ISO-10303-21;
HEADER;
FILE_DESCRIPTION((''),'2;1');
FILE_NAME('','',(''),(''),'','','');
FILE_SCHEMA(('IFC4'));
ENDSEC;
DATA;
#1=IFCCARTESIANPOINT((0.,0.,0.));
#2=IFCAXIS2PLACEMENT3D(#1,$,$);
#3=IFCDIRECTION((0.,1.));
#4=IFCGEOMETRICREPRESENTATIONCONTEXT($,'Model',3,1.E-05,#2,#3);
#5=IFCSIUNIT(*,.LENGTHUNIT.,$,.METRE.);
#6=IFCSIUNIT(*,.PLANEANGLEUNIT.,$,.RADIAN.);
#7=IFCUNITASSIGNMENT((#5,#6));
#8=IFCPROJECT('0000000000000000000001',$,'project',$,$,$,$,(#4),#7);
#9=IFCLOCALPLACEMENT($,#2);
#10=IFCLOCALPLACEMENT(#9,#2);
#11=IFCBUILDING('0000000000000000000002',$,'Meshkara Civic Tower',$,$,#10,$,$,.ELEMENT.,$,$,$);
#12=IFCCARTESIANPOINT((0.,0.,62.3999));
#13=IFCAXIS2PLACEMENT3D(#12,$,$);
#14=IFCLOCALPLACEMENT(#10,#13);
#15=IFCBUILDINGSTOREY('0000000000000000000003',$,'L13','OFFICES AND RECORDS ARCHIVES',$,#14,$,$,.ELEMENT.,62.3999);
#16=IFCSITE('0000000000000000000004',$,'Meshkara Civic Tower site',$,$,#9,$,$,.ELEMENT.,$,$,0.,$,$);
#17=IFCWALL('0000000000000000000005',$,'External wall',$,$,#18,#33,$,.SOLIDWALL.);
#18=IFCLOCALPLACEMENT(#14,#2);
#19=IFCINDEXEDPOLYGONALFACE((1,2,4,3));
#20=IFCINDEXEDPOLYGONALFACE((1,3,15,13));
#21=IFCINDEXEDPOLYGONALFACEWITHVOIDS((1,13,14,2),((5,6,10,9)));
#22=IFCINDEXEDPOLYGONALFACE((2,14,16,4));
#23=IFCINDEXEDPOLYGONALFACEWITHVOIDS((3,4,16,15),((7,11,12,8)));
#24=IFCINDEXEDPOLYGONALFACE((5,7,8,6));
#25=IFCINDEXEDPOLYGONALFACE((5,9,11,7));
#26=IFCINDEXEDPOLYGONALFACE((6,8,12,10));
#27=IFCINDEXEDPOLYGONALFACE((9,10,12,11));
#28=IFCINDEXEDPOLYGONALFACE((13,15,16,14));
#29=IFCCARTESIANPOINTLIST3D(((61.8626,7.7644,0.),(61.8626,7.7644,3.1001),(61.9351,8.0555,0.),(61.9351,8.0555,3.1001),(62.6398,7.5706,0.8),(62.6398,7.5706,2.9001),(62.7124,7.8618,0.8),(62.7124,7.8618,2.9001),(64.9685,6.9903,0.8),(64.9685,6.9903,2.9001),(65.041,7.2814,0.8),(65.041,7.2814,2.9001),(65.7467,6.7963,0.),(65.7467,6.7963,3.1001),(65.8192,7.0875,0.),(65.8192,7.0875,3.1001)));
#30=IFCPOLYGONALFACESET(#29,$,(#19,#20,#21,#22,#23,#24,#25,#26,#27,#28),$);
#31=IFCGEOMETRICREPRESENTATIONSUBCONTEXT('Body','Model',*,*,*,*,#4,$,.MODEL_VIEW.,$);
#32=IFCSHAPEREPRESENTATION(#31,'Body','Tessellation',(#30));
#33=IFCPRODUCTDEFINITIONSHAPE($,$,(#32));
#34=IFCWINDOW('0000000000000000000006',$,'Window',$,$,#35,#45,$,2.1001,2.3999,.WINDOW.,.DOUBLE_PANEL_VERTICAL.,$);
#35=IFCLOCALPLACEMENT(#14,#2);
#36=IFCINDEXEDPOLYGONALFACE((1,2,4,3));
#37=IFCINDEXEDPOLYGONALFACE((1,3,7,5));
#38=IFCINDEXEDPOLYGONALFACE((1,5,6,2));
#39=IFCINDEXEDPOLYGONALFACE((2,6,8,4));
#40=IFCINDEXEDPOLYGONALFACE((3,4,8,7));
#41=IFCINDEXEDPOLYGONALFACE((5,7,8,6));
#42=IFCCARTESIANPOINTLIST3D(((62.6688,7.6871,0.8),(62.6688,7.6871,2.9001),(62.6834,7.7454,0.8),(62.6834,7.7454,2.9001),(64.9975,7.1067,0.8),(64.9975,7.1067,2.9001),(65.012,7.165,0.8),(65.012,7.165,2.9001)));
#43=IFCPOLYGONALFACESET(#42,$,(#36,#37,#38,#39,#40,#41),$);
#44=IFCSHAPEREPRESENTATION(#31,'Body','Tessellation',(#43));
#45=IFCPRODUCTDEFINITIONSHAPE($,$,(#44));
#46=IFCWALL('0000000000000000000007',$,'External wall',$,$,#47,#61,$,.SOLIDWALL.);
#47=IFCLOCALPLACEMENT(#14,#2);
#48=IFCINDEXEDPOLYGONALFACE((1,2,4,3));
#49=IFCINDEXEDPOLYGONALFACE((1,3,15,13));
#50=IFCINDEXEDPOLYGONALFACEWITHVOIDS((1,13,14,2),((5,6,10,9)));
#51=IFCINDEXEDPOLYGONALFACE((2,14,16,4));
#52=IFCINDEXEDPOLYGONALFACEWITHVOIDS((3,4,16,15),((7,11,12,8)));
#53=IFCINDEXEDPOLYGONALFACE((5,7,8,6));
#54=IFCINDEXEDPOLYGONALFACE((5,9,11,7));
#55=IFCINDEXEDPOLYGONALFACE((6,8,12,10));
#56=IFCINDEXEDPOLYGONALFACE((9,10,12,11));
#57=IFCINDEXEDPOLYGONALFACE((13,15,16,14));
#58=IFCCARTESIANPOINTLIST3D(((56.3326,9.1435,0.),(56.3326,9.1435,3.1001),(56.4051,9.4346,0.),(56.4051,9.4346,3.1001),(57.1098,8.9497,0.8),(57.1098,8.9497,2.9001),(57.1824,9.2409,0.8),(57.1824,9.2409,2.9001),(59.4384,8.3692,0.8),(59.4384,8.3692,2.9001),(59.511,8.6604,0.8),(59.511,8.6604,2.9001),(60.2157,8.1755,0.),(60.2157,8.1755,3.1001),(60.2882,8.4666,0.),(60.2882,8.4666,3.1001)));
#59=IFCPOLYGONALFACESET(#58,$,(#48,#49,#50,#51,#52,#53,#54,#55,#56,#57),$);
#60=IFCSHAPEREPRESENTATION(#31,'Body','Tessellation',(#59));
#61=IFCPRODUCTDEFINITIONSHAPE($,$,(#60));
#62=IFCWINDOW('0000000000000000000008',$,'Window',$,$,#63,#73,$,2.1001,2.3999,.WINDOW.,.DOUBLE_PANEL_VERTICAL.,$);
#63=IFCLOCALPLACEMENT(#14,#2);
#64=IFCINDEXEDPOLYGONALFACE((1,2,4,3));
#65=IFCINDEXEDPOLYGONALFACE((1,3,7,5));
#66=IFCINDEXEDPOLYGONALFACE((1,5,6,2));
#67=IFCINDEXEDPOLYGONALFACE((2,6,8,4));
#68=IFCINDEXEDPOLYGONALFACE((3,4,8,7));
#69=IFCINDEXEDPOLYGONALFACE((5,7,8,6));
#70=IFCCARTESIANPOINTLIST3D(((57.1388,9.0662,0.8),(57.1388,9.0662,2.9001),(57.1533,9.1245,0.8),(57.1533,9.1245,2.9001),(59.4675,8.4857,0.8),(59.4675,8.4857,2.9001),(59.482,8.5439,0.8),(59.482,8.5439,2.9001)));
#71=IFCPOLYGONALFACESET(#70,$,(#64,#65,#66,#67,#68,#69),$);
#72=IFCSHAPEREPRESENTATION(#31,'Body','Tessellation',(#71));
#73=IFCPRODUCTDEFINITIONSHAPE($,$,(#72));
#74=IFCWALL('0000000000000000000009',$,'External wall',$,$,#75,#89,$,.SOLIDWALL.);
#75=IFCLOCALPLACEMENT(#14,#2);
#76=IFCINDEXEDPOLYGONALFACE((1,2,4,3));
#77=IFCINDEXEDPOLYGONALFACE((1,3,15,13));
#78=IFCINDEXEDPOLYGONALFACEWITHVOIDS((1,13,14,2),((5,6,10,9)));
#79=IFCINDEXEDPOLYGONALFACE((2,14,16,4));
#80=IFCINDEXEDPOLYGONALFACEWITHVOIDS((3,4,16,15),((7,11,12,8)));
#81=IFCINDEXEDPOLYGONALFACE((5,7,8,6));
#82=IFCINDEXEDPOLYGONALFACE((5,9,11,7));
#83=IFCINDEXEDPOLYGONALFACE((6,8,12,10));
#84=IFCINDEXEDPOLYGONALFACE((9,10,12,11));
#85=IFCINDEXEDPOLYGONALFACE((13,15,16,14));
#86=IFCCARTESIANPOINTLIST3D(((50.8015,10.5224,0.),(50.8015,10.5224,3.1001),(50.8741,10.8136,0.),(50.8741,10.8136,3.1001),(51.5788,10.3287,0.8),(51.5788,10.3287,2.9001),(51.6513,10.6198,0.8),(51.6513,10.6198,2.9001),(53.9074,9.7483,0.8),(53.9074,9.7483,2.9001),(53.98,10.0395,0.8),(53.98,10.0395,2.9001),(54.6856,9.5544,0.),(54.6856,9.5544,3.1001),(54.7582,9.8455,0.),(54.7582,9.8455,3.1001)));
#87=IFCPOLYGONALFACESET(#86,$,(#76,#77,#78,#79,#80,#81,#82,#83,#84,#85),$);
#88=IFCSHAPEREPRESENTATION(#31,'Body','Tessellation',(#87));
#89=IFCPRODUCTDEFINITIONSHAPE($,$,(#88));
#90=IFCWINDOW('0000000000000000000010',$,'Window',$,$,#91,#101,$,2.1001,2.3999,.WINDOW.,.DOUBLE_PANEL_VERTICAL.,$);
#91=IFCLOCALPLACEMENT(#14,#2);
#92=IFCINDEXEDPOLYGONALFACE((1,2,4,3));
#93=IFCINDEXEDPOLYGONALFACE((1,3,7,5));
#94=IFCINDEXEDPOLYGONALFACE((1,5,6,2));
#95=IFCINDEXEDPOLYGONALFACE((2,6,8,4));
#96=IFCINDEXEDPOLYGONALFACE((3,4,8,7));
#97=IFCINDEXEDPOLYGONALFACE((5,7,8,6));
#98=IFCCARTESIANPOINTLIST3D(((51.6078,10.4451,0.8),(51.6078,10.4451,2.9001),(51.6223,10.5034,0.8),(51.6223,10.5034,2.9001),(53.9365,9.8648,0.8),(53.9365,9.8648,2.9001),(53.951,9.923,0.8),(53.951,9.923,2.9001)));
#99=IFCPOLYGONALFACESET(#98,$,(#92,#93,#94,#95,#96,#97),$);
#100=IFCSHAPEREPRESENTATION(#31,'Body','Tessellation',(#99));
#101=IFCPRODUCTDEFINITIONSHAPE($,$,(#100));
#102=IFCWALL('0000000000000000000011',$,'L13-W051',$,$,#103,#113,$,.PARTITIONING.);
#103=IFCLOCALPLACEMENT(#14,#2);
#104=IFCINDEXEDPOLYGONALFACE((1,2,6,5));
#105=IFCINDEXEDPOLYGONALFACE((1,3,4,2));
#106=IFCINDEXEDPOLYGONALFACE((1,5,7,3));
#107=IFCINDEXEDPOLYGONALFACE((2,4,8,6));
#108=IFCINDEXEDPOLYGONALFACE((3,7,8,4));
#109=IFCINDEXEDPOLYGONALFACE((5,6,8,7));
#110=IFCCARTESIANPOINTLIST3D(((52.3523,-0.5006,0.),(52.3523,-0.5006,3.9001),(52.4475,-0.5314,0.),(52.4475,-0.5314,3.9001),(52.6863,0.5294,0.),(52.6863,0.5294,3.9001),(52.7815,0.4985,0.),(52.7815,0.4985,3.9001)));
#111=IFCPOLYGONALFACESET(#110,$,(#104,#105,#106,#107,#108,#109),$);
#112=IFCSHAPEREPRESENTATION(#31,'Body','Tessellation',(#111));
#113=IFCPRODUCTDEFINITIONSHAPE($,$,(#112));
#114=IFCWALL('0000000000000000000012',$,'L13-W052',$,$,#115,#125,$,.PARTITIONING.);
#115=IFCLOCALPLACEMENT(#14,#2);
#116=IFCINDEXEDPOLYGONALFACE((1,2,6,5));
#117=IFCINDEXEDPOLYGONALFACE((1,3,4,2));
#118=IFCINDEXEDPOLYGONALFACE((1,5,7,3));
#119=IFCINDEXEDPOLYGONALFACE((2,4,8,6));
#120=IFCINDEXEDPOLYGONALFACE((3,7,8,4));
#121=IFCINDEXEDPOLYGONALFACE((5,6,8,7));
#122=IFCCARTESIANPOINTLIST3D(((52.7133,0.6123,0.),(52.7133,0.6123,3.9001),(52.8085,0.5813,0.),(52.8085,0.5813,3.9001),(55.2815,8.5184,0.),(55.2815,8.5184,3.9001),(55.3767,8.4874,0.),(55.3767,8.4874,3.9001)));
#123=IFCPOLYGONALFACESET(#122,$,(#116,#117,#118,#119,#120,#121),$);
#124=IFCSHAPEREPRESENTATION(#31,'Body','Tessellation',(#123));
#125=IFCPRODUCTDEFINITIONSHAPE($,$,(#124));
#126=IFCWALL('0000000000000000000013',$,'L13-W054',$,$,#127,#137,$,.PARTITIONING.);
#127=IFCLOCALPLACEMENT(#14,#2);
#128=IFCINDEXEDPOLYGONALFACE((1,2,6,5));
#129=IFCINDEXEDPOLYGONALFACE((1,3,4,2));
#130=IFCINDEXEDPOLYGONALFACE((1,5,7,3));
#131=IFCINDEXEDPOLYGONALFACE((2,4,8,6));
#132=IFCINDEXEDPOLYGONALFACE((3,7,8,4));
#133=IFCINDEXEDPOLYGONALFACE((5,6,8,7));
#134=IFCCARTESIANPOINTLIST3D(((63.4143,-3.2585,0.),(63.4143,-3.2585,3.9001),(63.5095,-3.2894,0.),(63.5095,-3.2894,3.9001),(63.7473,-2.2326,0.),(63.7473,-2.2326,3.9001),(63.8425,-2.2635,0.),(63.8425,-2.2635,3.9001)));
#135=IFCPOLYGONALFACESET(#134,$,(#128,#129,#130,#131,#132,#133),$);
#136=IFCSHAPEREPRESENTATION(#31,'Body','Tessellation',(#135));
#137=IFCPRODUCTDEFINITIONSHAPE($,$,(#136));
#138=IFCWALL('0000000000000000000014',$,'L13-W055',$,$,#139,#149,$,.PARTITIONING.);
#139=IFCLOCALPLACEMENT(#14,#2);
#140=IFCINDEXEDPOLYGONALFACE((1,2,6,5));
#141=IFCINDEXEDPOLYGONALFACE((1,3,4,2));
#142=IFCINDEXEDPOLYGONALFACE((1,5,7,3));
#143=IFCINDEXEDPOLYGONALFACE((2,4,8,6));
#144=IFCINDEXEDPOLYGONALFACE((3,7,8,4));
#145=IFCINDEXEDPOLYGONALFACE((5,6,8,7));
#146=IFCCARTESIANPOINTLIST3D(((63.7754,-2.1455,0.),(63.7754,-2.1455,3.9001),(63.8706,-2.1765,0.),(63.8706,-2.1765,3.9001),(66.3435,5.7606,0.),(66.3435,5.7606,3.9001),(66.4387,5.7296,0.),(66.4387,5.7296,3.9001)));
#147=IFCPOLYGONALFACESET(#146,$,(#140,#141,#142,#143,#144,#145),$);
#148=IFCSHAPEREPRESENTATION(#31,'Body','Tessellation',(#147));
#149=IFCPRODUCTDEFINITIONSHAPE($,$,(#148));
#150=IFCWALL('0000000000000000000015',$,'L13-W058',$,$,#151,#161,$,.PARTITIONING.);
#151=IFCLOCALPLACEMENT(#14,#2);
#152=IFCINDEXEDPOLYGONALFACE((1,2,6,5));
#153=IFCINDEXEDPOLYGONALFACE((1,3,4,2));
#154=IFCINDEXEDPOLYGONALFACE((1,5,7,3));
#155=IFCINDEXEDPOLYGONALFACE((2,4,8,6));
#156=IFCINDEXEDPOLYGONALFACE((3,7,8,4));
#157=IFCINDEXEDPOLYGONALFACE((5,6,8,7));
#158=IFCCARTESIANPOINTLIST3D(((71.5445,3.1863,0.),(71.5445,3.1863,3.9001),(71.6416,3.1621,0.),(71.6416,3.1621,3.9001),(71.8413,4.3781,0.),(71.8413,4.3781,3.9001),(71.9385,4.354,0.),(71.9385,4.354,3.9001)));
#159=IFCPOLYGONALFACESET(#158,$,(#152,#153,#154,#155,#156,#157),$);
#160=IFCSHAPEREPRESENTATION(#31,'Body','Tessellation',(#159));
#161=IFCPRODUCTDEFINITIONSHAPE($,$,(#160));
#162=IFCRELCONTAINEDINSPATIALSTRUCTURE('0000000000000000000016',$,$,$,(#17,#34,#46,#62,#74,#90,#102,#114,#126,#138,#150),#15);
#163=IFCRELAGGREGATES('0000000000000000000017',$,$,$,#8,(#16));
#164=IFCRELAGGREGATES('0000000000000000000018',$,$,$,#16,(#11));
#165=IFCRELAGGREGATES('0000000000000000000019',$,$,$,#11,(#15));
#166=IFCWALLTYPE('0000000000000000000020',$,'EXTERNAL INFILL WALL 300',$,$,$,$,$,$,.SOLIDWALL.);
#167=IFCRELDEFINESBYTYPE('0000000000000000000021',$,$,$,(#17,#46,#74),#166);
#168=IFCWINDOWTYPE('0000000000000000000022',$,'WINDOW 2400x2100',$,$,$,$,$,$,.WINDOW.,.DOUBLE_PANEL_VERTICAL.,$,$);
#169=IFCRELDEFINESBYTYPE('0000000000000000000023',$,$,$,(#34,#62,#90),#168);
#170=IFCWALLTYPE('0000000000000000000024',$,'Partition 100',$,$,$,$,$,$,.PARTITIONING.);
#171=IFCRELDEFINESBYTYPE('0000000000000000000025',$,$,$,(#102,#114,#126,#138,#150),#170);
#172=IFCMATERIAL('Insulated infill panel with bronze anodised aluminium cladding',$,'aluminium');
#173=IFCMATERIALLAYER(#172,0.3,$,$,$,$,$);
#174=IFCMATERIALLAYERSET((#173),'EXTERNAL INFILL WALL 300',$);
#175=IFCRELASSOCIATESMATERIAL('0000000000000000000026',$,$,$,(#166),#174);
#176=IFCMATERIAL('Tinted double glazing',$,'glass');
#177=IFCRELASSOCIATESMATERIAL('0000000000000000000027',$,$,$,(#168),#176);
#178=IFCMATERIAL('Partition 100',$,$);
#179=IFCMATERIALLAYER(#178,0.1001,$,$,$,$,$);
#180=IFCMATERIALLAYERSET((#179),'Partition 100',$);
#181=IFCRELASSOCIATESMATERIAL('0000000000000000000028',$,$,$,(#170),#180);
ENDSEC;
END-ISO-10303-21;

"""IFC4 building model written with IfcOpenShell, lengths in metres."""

from ifc_helpers import new_model, si_unit, direction, frame, frame_2d, origin, place, context, subcontext, project, spatial, rectangle, extrude, material, layer, layer_set, type_object, element, fill, save


model = new_model("IFC4")

# Units and contexts
model_context = context("Model", 3, precision=1e-05, world=origin(), true_north=direction((0.0, 1.0)))
body_context = subcontext(model_context, "Body", "Model", "MODEL_VIEW")
ifc_project = project(units=[si_unit("LENGTHUNIT", "METRE"), si_unit("PLANEANGLEUNIT", "RADIAN")], contexts=[model_context])

# Site, building, storey
site_placement = place(None, origin())
site = spatial("IfcSite", under=ifc_project, at=site_placement, Name="Meshkara Civic Tower site", CompositionType="ELEMENT", RefElevation=0.0)
building_placement = place(site_placement, origin())
building = spatial("IfcBuilding", under=site, at=building_placement, Name="Meshkara Civic Tower", CompositionType="ELEMENT")
storey_placement = place(building_placement, frame((0.0, 0.0, 62.3999)))
storey = spatial("IfcBuildingStorey", under=building, at=storey_placement, Name="L13", Description="OFFICES AND RECORDS ARCHIVES", CompositionType="ELEMENT", Elevation=62.3999)

# Walls, openings, windows
ifc_material_1 = material(Name="Insulated infill panel with bronze anodised aluminium cladding", Category="aluminium")
ifc_layer_1 = layer(ifc_material_1, 0.3)
ifc_layer_set_1 = layer_set([ifc_layer_1], Name="EXTERNAL INFILL WALL 300")
wall_type_1 = type_object("IfcWallType", Name="EXTERNAL INFILL WALL 300", PredefinedType="SOLIDWALL", material=ifc_layer_set_1)
ifc_material_2 = material(Name="Tinted double glazing", Category="glass")
window_type = type_object("IfcWindowType", Name="WINDOW 2400x2100", PartitioningType="DOUBLE_PANEL_VERTICAL", PredefinedType="WINDOW", material=ifc_material_2)
wall_1_placement = place(storey_placement, frame((65.783, 6.9419, 0.0), z_axis=(0.0, 0.0, 1.0), x_axis=(-0.970318, 0.241832, 0.0)))
wall_1 = element("IfcWall", 1, at=wall_1_placement, inside=storey, type_object=wall_type_1, Name="External wall", PredefinedType="SOLIDWALL", context=body_context, shape_type="SweptSolid", body=[
    extrude(rectangle(XDim=4.0029, YDim=0.3, at=frame_2d((2.0015, 0.0))), origin(), (0.0, 0.0, 1.0), 3.1001),
])
opening_1_placement = place(wall_1_placement, frame((0.802, 0.0, 0.8)))
opening_1 = element("IfcOpeningElement", 2, at=opening_1_placement, cuts=wall_1, PredefinedType="OPENING", context=body_context, shape_type="SweptSolid", body=[
    extrude(rectangle(XDim=2.3999, YDim=2.1001, at=frame_2d((1.2, 1.05))), frame((0.0, 0.1599, 0.0), z_axis=(0.0, -1.0, 0.0), x_axis=(1.0, 0.0, 0.0)), (0.0, 0.0, 1.0), 0.3201),
])
window_1_placement = place(opening_1_placement, origin())
window_1 = element("IfcWindow", 3, at=window_1_placement, inside=storey, type_object=window_type, Name="Window", OverallHeight=2.1001, OverallWidth=2.3999, PartitioningType="DOUBLE_PANEL_VERTICAL", PredefinedType="WINDOW", context=body_context, shape_type="SweptSolid", body=[
    extrude(rectangle(XDim=2.3999, YDim=2.1001, at=frame_2d((1.2, 1.05))), frame((0.0, 0.03, 0.0), z_axis=(0.0, -1.0, 0.0), x_axis=(1.0, 0.0, 0.0)), (0.0, 0.0, 1.0), 0.0601),
])
fill(opening_1, window_1)
wall_2_placement = place(storey_placement, frame((60.252, 8.321, 0.0), z_axis=(0.0, 0.0, 1.0), x_axis=(-0.970304, 0.24189, 0.0)))
wall_2 = element("IfcWall", 4, at=wall_2_placement, inside=storey, type_object=wall_type_1, Name="External wall", PredefinedType="SOLIDWALL", context=body_context, shape_type="SweptSolid", body=[
    extrude(rectangle(XDim=4.002, YDim=0.3, at=frame_2d((2.001, 0.0))), origin(), (0.0, 0.0, 1.0), 3.1001),
])
opening_2_placement = place(wall_2_placement, frame((0.801, 0.0, 0.8)))
opening_2 = element("IfcOpeningElement", 5, at=opening_2_placement, cuts=wall_2, PredefinedType="OPENING", context=body_context, shape_type="SweptSolid", body=[
    extrude(rectangle(XDim=2.3999, YDim=2.1001, at=frame_2d((1.2, 1.05))), frame((0.0, 0.1599, 0.0), z_axis=(0.0, -1.0, 0.0), x_axis=(1.0, 0.0, 0.0)), (0.0, 0.0, 1.0), 0.3201),
])
window_2_placement = place(opening_2_placement, origin())
window_2 = element("IfcWindow", 6, at=window_2_placement, inside=storey, type_object=window_type, Name="Window", OverallHeight=2.1001, OverallWidth=2.3999, PartitioningType="DOUBLE_PANEL_VERTICAL", PredefinedType="WINDOW", context=body_context, shape_type="SweptSolid", body=[
    extrude(rectangle(XDim=2.3999, YDim=2.1001, at=frame_2d((1.2, 1.05))), frame((0.0, 0.03, 0.0), z_axis=(0.0, -1.0, 0.0), x_axis=(1.0, 0.0, 0.0)), (0.0, 0.0, 1.0), 0.0601),
])
fill(opening_2, window_2)
wall_3_placement = place(storey_placement, frame((54.7219, 9.7, 0.0), z_axis=(0.0, 0.0, 1.0), x_axis=(-0.970318, 0.241832, 0.0)))
wall_3 = element("IfcWall", 7, at=wall_3_placement, inside=storey, type_object=wall_type_1, Name="External wall", PredefinedType="SOLIDWALL", context=body_context, shape_type="SweptSolid", body=[
    extrude(rectangle(XDim=4.0029, YDim=0.3, at=frame_2d((2.0015, 0.0))), origin(), (0.0, 0.0, 1.0), 3.1001),
])
opening_3_placement = place(wall_3_placement, frame((0.802, 0.0, 0.8)))
opening_3 = element("IfcOpeningElement", 8, at=opening_3_placement, cuts=wall_3, PredefinedType="OPENING", context=body_context, shape_type="SweptSolid", body=[
    extrude(rectangle(XDim=2.3999, YDim=2.1001, at=frame_2d((1.2, 1.05))), frame((0.0, 0.1599, 0.0), z_axis=(0.0, -1.0, 0.0), x_axis=(1.0, 0.0, 0.0)), (0.0, 0.0, 1.0), 0.3201),
])
window_3_placement = place(opening_3_placement, origin())
window_3 = element("IfcWindow", 9, at=window_3_placement, inside=storey, type_object=window_type, Name="Window", OverallHeight=2.1001, OverallWidth=2.3999, PartitioningType="DOUBLE_PANEL_VERTICAL", PredefinedType="WINDOW", context=body_context, shape_type="SweptSolid", body=[
    extrude(rectangle(XDim=2.3999, YDim=2.1001, at=frame_2d((1.2, 1.05))), frame((0.0, 0.03, 0.0), z_axis=(0.0, -1.0, 0.0), x_axis=(1.0, 0.0, 0.0)), (0.0, 0.0, 1.0), 0.0601),
])
fill(opening_3, window_3)

# Walls
ifc_material_3 = material(Name="Partition 100")
ifc_layer_2 = layer(ifc_material_3, 0.1001)
ifc_layer_set_2 = layer_set([ifc_layer_2], Name="Partition 100")
wall_type_2 = type_object("IfcWallType", Name="Partition 100", PredefinedType="PARTITIONING", material=ifc_layer_set_2)
wall_4_placement = place(storey_placement, frame((52.3999, -0.5161, 0.0), z_axis=(0.0, 0.0, 1.0), x_axis=(0.308439, 0.951244, 0.0)))
element("IfcWall", 10, at=wall_4_placement, inside=storey, type_object=wall_type_2, Name="L13-W051", PredefinedType="PARTITIONING", context=body_context, shape_type="SweptSolid", body=[
    extrude(rectangle(XDim=1.0828, YDim=0.1001, at=frame_2d((0.5415, 0.0))), origin(), (0.0, 0.0, 1.0), 3.9001),
])
wall_5_placement = place(storey_placement, frame((52.761, 0.5969, 0.0), z_axis=(0.0, 0.0, 1.0), x_axis=(0.308941, 0.951081, 0.0)))
element("IfcWall", 11, at=wall_5_placement, inside=storey, type_object=wall_type_2, Name="L13-W052", PredefinedType="PARTITIONING", context=body_context, shape_type="SweptSolid", body=[
    extrude(rectangle(XDim=8.3127, YDim=0.1001, at=frame_2d((4.1562, 0.0))), origin(), (0.0, 0.0, 1.0), 3.9001),
])
wall_6_placement = place(storey_placement, frame((63.4619, -3.2739, 0.0), z_axis=(0.0, 0.0, 1.0), x_axis=(0.308748, 0.951144, 0.0)))
element("IfcWall", 12, at=wall_6_placement, inside=storey, type_object=wall_type_2, Name="L13-W054", PredefinedType="PARTITIONING", context=body_context, shape_type="SweptSolid", body=[
    extrude(rectangle(XDim=1.0786, YDim=0.1001, at=frame_2d((0.5393, 0.0))), origin(), (0.0, 0.0, 1.0), 3.9001),
])
wall_7_placement = place(storey_placement, frame((63.823, -2.1609, 0.0), z_axis=(0.0, 0.0, 1.0), x_axis=(0.308941, 0.951081, 0.0)))
element("IfcWall", 13, at=wall_7_placement, inside=storey, type_object=wall_type_2, Name="L13-W055", PredefinedType="PARTITIONING", context=body_context, shape_type="SweptSolid", body=[
    extrude(rectangle(XDim=8.3127, YDim=0.1001, at=frame_2d((4.1562, 0.0))), origin(), (0.0, 0.0, 1.0), 3.9001),
])
wall_8_placement = place(storey_placement, frame((71.593, 3.1741, 0.0), z_axis=(0.0, 0.0, 1.0), x_axis=(0.241694, 0.970353, 0.0)))
element("IfcWall", 14, at=wall_8_placement, inside=storey, type_object=wall_type_2, Name="L13-W058", PredefinedType="PARTITIONING", context=body_context, shape_type="SweptSolid", body=[
    extrude(rectangle(XDim=1.2283, YDim=0.1001, at=frame_2d((0.6143, 0.0))), origin(), (0.0, 0.0, 1.0), 3.9001),
])

save(model, "model.ifc")
